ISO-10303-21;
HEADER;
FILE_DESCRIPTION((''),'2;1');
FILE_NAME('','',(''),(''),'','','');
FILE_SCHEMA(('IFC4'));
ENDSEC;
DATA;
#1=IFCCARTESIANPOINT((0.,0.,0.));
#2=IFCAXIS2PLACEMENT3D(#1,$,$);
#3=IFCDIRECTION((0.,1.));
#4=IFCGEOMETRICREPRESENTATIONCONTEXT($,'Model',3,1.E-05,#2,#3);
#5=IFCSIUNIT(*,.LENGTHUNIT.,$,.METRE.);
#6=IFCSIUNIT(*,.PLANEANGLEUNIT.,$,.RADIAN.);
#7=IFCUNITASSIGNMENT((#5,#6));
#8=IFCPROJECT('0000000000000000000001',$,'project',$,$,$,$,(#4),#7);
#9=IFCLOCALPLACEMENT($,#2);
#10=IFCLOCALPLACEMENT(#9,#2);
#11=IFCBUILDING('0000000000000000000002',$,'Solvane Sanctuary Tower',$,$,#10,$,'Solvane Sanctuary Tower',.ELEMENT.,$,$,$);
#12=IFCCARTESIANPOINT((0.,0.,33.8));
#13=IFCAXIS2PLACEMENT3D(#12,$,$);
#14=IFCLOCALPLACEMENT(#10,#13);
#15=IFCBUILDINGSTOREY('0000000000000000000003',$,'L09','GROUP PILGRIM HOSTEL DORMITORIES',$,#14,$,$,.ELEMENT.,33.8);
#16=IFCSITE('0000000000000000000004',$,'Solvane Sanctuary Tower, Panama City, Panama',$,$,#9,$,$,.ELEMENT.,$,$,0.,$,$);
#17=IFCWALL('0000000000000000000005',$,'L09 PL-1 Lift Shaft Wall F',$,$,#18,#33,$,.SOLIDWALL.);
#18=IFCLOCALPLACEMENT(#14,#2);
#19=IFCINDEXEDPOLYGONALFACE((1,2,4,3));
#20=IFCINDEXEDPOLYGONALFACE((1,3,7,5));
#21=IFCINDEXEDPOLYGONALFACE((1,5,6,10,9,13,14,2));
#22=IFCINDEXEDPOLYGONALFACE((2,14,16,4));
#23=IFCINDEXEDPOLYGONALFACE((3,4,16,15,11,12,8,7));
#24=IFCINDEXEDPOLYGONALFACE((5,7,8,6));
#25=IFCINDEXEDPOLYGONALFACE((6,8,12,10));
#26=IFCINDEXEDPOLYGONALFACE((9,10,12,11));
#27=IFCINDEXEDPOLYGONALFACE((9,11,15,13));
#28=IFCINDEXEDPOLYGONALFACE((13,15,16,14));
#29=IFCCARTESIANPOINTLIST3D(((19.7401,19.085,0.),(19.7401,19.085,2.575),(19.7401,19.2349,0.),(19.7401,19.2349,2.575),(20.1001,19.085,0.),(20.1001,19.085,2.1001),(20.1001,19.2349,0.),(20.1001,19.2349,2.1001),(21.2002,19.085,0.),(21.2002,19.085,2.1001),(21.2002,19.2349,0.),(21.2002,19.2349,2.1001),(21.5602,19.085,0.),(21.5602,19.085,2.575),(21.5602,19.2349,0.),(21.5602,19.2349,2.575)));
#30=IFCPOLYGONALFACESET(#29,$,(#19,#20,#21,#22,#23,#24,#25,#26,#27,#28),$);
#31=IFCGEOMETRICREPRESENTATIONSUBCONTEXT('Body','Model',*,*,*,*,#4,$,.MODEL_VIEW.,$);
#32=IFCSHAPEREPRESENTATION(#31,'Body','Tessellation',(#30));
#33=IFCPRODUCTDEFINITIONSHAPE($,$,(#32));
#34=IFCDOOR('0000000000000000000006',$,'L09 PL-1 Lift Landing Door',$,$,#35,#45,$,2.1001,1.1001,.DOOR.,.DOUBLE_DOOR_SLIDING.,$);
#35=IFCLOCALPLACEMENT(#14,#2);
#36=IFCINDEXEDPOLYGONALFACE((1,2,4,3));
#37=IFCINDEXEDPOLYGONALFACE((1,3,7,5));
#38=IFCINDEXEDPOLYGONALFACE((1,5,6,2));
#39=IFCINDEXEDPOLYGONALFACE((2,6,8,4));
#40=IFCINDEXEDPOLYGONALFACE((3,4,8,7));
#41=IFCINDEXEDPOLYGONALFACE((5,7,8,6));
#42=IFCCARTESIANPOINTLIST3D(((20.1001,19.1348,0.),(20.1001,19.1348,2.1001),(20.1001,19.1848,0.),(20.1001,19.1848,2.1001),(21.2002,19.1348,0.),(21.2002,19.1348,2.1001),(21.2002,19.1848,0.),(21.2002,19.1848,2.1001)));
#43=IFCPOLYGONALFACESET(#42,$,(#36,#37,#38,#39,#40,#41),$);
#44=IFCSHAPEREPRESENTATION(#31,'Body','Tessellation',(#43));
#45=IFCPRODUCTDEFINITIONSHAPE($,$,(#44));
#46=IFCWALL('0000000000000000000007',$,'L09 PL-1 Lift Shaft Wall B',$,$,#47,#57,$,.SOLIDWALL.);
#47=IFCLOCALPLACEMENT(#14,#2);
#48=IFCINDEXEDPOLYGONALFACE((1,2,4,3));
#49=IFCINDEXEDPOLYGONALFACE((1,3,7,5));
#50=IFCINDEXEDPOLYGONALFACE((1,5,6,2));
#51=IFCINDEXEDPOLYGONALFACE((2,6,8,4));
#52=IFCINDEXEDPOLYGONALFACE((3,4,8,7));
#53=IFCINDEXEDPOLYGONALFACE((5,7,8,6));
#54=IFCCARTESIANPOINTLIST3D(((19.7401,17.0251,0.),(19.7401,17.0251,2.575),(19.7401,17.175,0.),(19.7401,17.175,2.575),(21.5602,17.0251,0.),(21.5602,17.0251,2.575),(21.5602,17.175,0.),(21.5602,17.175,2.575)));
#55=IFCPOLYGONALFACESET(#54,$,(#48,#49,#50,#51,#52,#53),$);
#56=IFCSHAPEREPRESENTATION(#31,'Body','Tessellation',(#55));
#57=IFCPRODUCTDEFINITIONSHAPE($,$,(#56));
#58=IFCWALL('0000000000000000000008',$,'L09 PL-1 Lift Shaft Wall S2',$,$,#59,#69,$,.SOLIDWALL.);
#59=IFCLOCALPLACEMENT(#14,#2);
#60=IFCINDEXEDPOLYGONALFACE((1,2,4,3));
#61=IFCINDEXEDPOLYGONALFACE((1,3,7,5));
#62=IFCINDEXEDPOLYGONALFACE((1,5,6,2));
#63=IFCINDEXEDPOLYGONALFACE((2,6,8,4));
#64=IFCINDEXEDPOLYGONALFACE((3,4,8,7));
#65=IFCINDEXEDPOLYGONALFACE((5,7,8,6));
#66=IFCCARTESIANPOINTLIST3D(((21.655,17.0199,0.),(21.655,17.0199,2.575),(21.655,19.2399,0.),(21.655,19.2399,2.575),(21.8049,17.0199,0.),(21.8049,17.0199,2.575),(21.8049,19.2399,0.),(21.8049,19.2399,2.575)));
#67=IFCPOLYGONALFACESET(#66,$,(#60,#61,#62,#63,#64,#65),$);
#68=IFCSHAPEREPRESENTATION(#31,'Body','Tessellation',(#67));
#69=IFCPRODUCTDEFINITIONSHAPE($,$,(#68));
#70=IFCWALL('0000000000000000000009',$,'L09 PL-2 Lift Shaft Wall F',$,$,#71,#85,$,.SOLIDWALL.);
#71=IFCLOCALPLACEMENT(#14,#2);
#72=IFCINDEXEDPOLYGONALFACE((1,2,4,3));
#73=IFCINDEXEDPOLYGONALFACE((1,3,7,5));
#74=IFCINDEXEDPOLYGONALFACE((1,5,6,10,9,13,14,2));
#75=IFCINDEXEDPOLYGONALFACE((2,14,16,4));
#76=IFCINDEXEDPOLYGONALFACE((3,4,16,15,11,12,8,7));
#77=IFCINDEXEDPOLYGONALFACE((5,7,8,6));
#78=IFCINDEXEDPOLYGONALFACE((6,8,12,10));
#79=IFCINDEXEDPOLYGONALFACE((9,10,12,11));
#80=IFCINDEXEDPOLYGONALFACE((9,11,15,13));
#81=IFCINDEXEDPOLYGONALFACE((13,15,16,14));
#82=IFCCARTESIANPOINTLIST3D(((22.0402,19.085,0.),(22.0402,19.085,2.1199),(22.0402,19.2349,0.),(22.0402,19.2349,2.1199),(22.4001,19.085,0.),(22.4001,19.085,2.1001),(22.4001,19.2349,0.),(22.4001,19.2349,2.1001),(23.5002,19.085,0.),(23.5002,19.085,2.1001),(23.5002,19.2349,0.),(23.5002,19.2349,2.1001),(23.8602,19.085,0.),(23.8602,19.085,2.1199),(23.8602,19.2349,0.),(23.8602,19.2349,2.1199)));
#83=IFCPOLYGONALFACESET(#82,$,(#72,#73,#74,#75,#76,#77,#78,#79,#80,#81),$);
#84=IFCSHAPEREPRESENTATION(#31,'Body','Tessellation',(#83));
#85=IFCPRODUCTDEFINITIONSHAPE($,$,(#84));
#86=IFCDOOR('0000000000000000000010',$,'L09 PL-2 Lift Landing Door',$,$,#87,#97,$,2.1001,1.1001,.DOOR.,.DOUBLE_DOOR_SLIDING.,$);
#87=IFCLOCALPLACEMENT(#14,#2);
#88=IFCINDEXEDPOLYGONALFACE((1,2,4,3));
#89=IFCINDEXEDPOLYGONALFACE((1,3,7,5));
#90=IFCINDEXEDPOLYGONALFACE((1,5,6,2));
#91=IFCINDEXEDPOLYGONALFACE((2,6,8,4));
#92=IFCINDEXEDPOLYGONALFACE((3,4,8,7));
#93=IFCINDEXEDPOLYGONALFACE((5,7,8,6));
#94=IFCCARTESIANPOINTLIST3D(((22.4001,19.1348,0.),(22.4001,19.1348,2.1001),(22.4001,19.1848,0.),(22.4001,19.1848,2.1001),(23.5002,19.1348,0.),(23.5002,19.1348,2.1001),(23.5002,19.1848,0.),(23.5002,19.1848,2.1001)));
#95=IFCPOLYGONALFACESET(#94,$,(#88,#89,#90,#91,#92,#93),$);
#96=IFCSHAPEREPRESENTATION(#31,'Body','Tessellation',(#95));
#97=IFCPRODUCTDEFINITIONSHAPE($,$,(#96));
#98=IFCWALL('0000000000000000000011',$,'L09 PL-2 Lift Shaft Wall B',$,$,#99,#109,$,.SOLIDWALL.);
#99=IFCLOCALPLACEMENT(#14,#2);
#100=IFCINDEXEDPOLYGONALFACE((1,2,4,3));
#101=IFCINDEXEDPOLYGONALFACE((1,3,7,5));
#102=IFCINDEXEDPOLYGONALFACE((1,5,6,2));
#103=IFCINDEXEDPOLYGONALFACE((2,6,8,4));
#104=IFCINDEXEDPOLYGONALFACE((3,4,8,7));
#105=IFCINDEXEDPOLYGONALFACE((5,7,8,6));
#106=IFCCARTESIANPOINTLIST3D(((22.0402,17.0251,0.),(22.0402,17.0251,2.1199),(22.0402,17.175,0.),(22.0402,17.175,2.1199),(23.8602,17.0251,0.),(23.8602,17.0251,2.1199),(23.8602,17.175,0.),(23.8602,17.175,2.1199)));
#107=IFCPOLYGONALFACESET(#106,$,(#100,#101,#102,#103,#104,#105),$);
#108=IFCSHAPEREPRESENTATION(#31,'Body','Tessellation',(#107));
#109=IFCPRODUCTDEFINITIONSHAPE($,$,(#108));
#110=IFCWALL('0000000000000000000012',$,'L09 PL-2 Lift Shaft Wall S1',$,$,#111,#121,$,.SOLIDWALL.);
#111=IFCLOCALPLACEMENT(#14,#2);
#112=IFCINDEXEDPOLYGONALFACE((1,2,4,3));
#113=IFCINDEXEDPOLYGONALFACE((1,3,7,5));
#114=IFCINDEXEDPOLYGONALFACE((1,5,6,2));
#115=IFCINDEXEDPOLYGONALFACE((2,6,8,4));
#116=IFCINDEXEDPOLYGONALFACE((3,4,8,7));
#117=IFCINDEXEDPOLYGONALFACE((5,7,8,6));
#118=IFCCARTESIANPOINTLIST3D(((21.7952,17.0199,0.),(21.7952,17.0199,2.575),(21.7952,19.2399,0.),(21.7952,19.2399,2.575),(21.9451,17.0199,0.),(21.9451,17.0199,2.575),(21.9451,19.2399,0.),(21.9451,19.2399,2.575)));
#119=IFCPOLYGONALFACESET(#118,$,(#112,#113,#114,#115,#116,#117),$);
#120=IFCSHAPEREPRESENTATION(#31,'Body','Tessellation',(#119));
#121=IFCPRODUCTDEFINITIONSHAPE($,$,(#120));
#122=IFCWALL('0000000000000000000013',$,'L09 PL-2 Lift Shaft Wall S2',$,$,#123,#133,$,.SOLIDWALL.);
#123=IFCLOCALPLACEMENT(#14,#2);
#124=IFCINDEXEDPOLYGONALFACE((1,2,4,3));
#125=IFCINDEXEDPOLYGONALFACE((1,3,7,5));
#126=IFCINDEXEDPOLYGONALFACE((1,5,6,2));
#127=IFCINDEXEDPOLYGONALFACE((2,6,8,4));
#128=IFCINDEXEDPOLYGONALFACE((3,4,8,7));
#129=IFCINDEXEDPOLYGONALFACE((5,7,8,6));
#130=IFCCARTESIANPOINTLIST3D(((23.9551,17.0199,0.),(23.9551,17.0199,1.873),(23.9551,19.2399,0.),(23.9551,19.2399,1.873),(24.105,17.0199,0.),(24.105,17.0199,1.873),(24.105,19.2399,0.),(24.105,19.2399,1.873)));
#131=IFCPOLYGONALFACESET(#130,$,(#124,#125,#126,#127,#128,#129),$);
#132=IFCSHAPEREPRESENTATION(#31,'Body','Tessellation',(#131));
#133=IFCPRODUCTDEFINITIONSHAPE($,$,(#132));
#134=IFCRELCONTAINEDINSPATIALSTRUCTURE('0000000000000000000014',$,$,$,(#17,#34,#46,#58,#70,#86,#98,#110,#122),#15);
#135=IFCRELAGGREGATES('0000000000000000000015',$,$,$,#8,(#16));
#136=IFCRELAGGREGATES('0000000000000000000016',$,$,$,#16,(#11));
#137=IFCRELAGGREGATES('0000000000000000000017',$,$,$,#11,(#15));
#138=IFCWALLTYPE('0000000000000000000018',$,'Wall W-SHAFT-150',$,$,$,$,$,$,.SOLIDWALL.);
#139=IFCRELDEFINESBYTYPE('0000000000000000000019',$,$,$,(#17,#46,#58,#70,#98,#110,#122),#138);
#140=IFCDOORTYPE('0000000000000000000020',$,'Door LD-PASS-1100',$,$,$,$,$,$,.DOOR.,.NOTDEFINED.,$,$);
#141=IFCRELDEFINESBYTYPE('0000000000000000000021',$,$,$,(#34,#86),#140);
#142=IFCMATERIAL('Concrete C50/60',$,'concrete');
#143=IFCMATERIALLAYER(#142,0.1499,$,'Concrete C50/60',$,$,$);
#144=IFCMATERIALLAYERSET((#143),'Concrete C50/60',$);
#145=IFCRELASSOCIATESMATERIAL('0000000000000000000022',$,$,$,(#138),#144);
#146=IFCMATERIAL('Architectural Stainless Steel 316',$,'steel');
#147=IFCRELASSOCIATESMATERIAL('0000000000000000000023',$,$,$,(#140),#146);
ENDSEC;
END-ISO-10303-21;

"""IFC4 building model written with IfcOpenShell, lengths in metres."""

from ifc_helpers import new_model, si_unit, direction, frame, frame_2d, origin, place, context, subcontext, project, spatial, rectangle, extrude, material, layer, layer_set, type_object, element, fill, save


model = new_model("IFC4")

# Units and contexts
model_context = context("Model", 3, precision=1e-05, world=origin(), true_north=direction((0.0, 1.0)))
body_context = subcontext(model_context, "Body", "Model", "MODEL_VIEW")
ifc_project = project(units=[si_unit("LENGTHUNIT", "METRE"), si_unit("PLANEANGLEUNIT", "RADIAN")], contexts=[model_context])

# Site, building, storey
site_placement = place(None, origin())
site = spatial("IfcSite", under=ifc_project, at=site_placement, Name="Solvane Sanctuary Tower, Panama City, Panama", CompositionType="ELEMENT", RefElevation=0.0)
building_placement = place(site_placement, origin())
building = spatial("IfcBuilding", under=site, at=building_placement, Name="Solvane Sanctuary Tower", LongName="Solvane Sanctuary Tower", CompositionType="ELEMENT")
storey_placement = place(building_placement, frame((0.0, 0.0, 33.8)))
storey = spatial("IfcBuildingStorey", under=building, at=storey_placement, Name="L09", Description="GROUP PILGRIM HOSTEL DORMITORIES", CompositionType="ELEMENT", Elevation=33.8)

# Wall, opening, door
ifc_material_1 = material(Name="Concrete C50/60", Category="concrete")
ifc_layer_1 = layer(ifc_material_1, 0.1499, Name="Concrete C50/60")
ifc_layer_set_1 = layer_set([ifc_layer_1], Name="Concrete C50/60")
wall_type_1 = type_object("IfcWallType", Name="Wall W-SHAFT-150", PredefinedType="SOLIDWALL", material=ifc_layer_set_1)
wall_1_placement = place(storey_placement, frame((19.74, 19.1599, 0.0), z_axis=(0.0, 0.0, 1.0), x_axis=(1.0, 0.0, 0.0)))
wall_1 = element("IfcWall", 1, at=wall_1_placement, inside=storey, type_object=wall_type_1, Name="L09 PL-1 Lift Shaft Wall F", PredefinedType="SOLIDWALL", context=body_context, shape_type="SweptSolid", body=[
    extrude(rectangle(XDim=1.8201, YDim=0.1499, at=frame_2d((0.9102, 0.0))), origin(), (0.0, 0.0, 1.0), 2.575),
])
opening_1_placement = place(wall_1_placement, frame((0.3601, 0.0, 0.0)))
opening_1 = element("IfcOpeningElement", 2, at=opening_1_placement, cuts=wall_1, PredefinedType="OPENING", context=body_context, shape_type="SweptSolid", body=[
    extrude(rectangle(XDim=1.1001, YDim=2.1001, at=frame_2d((0.55, 1.05))), frame((0.0, 0.085, 0.0), z_axis=(0.0, -1.0, 0.0), x_axis=(1.0, 0.0, 0.0)), (0.0, 0.0, 1.0), 0.1699),
])
ifc_material_2 = material(Name="Architectural Stainless Steel 316", Category="steel")
door_type = type_object("IfcDoorType", Name="Door LD-PASS-1100", OperationType="NOTDEFINED", PredefinedType="DOOR", material=ifc_material_2)
door_1_placement = place(opening_1_placement, origin())
door_1 = element("IfcDoor", 3, at=door_1_placement, inside=storey, type_object=door_type, Name="L09 PL-1 Lift Landing Door", OperationType="DOUBLE_DOOR_SLIDING", OverallHeight=2.1001, OverallWidth=1.1001, PredefinedType="DOOR", context=body_context, shape_type="SweptSolid", body=[
    extrude(rectangle(XDim=1.1001, YDim=2.1001, at=frame_2d((0.55, 1.05))), frame((0.0, 0.0249, 0.0), z_axis=(0.0, -1.0, 0.0), x_axis=(1.0, 0.0, 0.0)), (0.0, 0.0, 1.0), 0.05),
])
fill(opening_1, door_1)

# Walls
wall_2_placement = place(storey_placement, frame((19.74, 17.1001, 0.0), z_axis=(0.0, 0.0, 1.0), x_axis=(1.0, 0.0, 0.0)))
element("IfcWall", 4, at=wall_2_placement, inside=storey, type_object=wall_type_1, Name="L09 PL-1 Lift Shaft Wall B", PredefinedType="SOLIDWALL", context=body_context, shape_type="SweptSolid", body=[
    extrude(rectangle(XDim=1.8201, YDim=0.1499, at=frame_2d((0.9102, 0.0))), origin(), (0.0, 0.0, 1.0), 2.575),
])
wall_3_placement = place(storey_placement, frame((21.73, 17.02, 0.0), z_axis=(0.0, 0.0, 1.0), x_axis=(0.0, 1.0, 0.0)))
element("IfcWall", 5, at=wall_3_placement, inside=storey, type_object=wall_type_1, Name="L09 PL-1 Lift Shaft Wall S2", PredefinedType="SOLIDWALL", context=body_context, shape_type="SweptSolid", body=[
    extrude(rectangle(XDim=2.22, YDim=0.1499, at=frame_2d((1.1099, 0.0))), origin(), (0.0, 0.0, 1.0), 2.575),
])

# Wall, opening, door
wall_4_placement = place(storey_placement, frame((22.04, 19.1599, 0.0), z_axis=(0.0, 0.0, 1.0), x_axis=(1.0, 0.0, 0.0)))
wall_4 = element("IfcWall", 6, at=wall_4_placement, inside=storey, type_object=wall_type_1, Name="L09 PL-2 Lift Shaft Wall F", PredefinedType="SOLIDWALL", context=body_context, shape_type="SweptSolid", body=[
    extrude(rectangle(XDim=1.8201, YDim=0.1499, at=frame_2d((0.9102, 0.0))), origin(), (0.0, 0.0, 1.0), 2.1199),
])
opening_2_placement = place(wall_4_placement, frame((0.3601, 0.0, 0.0)))
opening_2 = element("IfcOpeningElement", 7, at=opening_2_placement, cuts=wall_4, PredefinedType="OPENING", context=body_context, shape_type="SweptSolid", body=[
    extrude(rectangle(XDim=1.1001, YDim=2.1001, at=frame_2d((0.55, 1.05))), frame((0.0, 0.085, 0.0), z_axis=(0.0, -1.0, 0.0), x_axis=(1.0, 0.0, 0.0)), (0.0, 0.0, 1.0), 0.1699),
])
door_2_placement = place(opening_2_placement, origin())
door_2 = element("IfcDoor", 8, at=door_2_placement, inside=storey, type_object=door_type, Name="L09 PL-2 Lift Landing Door", OperationType="DOUBLE_DOOR_SLIDING", OverallHeight=2.1001, OverallWidth=1.1001, PredefinedType="DOOR", context=body_context, shape_type="SweptSolid", body=[
    extrude(rectangle(XDim=1.1001, YDim=2.1001, at=frame_2d((0.55, 1.05))), frame((0.0, 0.0249, 0.0), z_axis=(0.0, -1.0, 0.0), x_axis=(1.0, 0.0, 0.0)), (0.0, 0.0, 1.0), 0.05),
])
fill(opening_2, door_2)

# Walls
wall_5_placement = place(storey_placement, frame((22.04, 17.1001, 0.0), z_axis=(0.0, 0.0, 1.0), x_axis=(1.0, 0.0, 0.0)))
element("IfcWall", 9, at=wall_5_placement, inside=storey, type_object=wall_type_1, Name="L09 PL-2 Lift Shaft Wall B", PredefinedType="SOLIDWALL", context=body_context, shape_type="SweptSolid", body=[
    extrude(rectangle(XDim=1.8201, YDim=0.1499, at=frame_2d((0.9102, 0.0))), origin(), (0.0, 0.0, 1.0), 2.1199),
])
wall_6_placement = place(storey_placement, frame((21.8701, 17.02, 0.0), z_axis=(0.0, 0.0, 1.0), x_axis=(0.0, 1.0, 0.0)))
element("IfcWall", 10, at=wall_6_placement, inside=storey, type_object=wall_type_1, Name="L09 PL-2 Lift Shaft Wall S1", PredefinedType="SOLIDWALL", context=body_context, shape_type="SweptSolid", body=[
    extrude(rectangle(XDim=2.22, YDim=0.1499, at=frame_2d((1.1099, 0.0))), origin(), (0.0, 0.0, 1.0), 2.575),
])
wall_7_placement = place(storey_placement, frame((24.03, 17.02, 0.0), z_axis=(0.0, 0.0, 1.0), x_axis=(0.0, 1.0, 0.0)))
element("IfcWall", 11, at=wall_7_placement, inside=storey, type_object=wall_type_1, Name="L09 PL-2 Lift Shaft Wall S2", PredefinedType="SOLIDWALL", context=body_context, shape_type="SweptSolid", body=[
    extrude(rectangle(XDim=2.22, YDim=0.1499, at=frame_2d((1.1099, 0.0))), origin(), (0.0, 0.0, 1.0), 1.873),
])

save(model, "model.ifc")
